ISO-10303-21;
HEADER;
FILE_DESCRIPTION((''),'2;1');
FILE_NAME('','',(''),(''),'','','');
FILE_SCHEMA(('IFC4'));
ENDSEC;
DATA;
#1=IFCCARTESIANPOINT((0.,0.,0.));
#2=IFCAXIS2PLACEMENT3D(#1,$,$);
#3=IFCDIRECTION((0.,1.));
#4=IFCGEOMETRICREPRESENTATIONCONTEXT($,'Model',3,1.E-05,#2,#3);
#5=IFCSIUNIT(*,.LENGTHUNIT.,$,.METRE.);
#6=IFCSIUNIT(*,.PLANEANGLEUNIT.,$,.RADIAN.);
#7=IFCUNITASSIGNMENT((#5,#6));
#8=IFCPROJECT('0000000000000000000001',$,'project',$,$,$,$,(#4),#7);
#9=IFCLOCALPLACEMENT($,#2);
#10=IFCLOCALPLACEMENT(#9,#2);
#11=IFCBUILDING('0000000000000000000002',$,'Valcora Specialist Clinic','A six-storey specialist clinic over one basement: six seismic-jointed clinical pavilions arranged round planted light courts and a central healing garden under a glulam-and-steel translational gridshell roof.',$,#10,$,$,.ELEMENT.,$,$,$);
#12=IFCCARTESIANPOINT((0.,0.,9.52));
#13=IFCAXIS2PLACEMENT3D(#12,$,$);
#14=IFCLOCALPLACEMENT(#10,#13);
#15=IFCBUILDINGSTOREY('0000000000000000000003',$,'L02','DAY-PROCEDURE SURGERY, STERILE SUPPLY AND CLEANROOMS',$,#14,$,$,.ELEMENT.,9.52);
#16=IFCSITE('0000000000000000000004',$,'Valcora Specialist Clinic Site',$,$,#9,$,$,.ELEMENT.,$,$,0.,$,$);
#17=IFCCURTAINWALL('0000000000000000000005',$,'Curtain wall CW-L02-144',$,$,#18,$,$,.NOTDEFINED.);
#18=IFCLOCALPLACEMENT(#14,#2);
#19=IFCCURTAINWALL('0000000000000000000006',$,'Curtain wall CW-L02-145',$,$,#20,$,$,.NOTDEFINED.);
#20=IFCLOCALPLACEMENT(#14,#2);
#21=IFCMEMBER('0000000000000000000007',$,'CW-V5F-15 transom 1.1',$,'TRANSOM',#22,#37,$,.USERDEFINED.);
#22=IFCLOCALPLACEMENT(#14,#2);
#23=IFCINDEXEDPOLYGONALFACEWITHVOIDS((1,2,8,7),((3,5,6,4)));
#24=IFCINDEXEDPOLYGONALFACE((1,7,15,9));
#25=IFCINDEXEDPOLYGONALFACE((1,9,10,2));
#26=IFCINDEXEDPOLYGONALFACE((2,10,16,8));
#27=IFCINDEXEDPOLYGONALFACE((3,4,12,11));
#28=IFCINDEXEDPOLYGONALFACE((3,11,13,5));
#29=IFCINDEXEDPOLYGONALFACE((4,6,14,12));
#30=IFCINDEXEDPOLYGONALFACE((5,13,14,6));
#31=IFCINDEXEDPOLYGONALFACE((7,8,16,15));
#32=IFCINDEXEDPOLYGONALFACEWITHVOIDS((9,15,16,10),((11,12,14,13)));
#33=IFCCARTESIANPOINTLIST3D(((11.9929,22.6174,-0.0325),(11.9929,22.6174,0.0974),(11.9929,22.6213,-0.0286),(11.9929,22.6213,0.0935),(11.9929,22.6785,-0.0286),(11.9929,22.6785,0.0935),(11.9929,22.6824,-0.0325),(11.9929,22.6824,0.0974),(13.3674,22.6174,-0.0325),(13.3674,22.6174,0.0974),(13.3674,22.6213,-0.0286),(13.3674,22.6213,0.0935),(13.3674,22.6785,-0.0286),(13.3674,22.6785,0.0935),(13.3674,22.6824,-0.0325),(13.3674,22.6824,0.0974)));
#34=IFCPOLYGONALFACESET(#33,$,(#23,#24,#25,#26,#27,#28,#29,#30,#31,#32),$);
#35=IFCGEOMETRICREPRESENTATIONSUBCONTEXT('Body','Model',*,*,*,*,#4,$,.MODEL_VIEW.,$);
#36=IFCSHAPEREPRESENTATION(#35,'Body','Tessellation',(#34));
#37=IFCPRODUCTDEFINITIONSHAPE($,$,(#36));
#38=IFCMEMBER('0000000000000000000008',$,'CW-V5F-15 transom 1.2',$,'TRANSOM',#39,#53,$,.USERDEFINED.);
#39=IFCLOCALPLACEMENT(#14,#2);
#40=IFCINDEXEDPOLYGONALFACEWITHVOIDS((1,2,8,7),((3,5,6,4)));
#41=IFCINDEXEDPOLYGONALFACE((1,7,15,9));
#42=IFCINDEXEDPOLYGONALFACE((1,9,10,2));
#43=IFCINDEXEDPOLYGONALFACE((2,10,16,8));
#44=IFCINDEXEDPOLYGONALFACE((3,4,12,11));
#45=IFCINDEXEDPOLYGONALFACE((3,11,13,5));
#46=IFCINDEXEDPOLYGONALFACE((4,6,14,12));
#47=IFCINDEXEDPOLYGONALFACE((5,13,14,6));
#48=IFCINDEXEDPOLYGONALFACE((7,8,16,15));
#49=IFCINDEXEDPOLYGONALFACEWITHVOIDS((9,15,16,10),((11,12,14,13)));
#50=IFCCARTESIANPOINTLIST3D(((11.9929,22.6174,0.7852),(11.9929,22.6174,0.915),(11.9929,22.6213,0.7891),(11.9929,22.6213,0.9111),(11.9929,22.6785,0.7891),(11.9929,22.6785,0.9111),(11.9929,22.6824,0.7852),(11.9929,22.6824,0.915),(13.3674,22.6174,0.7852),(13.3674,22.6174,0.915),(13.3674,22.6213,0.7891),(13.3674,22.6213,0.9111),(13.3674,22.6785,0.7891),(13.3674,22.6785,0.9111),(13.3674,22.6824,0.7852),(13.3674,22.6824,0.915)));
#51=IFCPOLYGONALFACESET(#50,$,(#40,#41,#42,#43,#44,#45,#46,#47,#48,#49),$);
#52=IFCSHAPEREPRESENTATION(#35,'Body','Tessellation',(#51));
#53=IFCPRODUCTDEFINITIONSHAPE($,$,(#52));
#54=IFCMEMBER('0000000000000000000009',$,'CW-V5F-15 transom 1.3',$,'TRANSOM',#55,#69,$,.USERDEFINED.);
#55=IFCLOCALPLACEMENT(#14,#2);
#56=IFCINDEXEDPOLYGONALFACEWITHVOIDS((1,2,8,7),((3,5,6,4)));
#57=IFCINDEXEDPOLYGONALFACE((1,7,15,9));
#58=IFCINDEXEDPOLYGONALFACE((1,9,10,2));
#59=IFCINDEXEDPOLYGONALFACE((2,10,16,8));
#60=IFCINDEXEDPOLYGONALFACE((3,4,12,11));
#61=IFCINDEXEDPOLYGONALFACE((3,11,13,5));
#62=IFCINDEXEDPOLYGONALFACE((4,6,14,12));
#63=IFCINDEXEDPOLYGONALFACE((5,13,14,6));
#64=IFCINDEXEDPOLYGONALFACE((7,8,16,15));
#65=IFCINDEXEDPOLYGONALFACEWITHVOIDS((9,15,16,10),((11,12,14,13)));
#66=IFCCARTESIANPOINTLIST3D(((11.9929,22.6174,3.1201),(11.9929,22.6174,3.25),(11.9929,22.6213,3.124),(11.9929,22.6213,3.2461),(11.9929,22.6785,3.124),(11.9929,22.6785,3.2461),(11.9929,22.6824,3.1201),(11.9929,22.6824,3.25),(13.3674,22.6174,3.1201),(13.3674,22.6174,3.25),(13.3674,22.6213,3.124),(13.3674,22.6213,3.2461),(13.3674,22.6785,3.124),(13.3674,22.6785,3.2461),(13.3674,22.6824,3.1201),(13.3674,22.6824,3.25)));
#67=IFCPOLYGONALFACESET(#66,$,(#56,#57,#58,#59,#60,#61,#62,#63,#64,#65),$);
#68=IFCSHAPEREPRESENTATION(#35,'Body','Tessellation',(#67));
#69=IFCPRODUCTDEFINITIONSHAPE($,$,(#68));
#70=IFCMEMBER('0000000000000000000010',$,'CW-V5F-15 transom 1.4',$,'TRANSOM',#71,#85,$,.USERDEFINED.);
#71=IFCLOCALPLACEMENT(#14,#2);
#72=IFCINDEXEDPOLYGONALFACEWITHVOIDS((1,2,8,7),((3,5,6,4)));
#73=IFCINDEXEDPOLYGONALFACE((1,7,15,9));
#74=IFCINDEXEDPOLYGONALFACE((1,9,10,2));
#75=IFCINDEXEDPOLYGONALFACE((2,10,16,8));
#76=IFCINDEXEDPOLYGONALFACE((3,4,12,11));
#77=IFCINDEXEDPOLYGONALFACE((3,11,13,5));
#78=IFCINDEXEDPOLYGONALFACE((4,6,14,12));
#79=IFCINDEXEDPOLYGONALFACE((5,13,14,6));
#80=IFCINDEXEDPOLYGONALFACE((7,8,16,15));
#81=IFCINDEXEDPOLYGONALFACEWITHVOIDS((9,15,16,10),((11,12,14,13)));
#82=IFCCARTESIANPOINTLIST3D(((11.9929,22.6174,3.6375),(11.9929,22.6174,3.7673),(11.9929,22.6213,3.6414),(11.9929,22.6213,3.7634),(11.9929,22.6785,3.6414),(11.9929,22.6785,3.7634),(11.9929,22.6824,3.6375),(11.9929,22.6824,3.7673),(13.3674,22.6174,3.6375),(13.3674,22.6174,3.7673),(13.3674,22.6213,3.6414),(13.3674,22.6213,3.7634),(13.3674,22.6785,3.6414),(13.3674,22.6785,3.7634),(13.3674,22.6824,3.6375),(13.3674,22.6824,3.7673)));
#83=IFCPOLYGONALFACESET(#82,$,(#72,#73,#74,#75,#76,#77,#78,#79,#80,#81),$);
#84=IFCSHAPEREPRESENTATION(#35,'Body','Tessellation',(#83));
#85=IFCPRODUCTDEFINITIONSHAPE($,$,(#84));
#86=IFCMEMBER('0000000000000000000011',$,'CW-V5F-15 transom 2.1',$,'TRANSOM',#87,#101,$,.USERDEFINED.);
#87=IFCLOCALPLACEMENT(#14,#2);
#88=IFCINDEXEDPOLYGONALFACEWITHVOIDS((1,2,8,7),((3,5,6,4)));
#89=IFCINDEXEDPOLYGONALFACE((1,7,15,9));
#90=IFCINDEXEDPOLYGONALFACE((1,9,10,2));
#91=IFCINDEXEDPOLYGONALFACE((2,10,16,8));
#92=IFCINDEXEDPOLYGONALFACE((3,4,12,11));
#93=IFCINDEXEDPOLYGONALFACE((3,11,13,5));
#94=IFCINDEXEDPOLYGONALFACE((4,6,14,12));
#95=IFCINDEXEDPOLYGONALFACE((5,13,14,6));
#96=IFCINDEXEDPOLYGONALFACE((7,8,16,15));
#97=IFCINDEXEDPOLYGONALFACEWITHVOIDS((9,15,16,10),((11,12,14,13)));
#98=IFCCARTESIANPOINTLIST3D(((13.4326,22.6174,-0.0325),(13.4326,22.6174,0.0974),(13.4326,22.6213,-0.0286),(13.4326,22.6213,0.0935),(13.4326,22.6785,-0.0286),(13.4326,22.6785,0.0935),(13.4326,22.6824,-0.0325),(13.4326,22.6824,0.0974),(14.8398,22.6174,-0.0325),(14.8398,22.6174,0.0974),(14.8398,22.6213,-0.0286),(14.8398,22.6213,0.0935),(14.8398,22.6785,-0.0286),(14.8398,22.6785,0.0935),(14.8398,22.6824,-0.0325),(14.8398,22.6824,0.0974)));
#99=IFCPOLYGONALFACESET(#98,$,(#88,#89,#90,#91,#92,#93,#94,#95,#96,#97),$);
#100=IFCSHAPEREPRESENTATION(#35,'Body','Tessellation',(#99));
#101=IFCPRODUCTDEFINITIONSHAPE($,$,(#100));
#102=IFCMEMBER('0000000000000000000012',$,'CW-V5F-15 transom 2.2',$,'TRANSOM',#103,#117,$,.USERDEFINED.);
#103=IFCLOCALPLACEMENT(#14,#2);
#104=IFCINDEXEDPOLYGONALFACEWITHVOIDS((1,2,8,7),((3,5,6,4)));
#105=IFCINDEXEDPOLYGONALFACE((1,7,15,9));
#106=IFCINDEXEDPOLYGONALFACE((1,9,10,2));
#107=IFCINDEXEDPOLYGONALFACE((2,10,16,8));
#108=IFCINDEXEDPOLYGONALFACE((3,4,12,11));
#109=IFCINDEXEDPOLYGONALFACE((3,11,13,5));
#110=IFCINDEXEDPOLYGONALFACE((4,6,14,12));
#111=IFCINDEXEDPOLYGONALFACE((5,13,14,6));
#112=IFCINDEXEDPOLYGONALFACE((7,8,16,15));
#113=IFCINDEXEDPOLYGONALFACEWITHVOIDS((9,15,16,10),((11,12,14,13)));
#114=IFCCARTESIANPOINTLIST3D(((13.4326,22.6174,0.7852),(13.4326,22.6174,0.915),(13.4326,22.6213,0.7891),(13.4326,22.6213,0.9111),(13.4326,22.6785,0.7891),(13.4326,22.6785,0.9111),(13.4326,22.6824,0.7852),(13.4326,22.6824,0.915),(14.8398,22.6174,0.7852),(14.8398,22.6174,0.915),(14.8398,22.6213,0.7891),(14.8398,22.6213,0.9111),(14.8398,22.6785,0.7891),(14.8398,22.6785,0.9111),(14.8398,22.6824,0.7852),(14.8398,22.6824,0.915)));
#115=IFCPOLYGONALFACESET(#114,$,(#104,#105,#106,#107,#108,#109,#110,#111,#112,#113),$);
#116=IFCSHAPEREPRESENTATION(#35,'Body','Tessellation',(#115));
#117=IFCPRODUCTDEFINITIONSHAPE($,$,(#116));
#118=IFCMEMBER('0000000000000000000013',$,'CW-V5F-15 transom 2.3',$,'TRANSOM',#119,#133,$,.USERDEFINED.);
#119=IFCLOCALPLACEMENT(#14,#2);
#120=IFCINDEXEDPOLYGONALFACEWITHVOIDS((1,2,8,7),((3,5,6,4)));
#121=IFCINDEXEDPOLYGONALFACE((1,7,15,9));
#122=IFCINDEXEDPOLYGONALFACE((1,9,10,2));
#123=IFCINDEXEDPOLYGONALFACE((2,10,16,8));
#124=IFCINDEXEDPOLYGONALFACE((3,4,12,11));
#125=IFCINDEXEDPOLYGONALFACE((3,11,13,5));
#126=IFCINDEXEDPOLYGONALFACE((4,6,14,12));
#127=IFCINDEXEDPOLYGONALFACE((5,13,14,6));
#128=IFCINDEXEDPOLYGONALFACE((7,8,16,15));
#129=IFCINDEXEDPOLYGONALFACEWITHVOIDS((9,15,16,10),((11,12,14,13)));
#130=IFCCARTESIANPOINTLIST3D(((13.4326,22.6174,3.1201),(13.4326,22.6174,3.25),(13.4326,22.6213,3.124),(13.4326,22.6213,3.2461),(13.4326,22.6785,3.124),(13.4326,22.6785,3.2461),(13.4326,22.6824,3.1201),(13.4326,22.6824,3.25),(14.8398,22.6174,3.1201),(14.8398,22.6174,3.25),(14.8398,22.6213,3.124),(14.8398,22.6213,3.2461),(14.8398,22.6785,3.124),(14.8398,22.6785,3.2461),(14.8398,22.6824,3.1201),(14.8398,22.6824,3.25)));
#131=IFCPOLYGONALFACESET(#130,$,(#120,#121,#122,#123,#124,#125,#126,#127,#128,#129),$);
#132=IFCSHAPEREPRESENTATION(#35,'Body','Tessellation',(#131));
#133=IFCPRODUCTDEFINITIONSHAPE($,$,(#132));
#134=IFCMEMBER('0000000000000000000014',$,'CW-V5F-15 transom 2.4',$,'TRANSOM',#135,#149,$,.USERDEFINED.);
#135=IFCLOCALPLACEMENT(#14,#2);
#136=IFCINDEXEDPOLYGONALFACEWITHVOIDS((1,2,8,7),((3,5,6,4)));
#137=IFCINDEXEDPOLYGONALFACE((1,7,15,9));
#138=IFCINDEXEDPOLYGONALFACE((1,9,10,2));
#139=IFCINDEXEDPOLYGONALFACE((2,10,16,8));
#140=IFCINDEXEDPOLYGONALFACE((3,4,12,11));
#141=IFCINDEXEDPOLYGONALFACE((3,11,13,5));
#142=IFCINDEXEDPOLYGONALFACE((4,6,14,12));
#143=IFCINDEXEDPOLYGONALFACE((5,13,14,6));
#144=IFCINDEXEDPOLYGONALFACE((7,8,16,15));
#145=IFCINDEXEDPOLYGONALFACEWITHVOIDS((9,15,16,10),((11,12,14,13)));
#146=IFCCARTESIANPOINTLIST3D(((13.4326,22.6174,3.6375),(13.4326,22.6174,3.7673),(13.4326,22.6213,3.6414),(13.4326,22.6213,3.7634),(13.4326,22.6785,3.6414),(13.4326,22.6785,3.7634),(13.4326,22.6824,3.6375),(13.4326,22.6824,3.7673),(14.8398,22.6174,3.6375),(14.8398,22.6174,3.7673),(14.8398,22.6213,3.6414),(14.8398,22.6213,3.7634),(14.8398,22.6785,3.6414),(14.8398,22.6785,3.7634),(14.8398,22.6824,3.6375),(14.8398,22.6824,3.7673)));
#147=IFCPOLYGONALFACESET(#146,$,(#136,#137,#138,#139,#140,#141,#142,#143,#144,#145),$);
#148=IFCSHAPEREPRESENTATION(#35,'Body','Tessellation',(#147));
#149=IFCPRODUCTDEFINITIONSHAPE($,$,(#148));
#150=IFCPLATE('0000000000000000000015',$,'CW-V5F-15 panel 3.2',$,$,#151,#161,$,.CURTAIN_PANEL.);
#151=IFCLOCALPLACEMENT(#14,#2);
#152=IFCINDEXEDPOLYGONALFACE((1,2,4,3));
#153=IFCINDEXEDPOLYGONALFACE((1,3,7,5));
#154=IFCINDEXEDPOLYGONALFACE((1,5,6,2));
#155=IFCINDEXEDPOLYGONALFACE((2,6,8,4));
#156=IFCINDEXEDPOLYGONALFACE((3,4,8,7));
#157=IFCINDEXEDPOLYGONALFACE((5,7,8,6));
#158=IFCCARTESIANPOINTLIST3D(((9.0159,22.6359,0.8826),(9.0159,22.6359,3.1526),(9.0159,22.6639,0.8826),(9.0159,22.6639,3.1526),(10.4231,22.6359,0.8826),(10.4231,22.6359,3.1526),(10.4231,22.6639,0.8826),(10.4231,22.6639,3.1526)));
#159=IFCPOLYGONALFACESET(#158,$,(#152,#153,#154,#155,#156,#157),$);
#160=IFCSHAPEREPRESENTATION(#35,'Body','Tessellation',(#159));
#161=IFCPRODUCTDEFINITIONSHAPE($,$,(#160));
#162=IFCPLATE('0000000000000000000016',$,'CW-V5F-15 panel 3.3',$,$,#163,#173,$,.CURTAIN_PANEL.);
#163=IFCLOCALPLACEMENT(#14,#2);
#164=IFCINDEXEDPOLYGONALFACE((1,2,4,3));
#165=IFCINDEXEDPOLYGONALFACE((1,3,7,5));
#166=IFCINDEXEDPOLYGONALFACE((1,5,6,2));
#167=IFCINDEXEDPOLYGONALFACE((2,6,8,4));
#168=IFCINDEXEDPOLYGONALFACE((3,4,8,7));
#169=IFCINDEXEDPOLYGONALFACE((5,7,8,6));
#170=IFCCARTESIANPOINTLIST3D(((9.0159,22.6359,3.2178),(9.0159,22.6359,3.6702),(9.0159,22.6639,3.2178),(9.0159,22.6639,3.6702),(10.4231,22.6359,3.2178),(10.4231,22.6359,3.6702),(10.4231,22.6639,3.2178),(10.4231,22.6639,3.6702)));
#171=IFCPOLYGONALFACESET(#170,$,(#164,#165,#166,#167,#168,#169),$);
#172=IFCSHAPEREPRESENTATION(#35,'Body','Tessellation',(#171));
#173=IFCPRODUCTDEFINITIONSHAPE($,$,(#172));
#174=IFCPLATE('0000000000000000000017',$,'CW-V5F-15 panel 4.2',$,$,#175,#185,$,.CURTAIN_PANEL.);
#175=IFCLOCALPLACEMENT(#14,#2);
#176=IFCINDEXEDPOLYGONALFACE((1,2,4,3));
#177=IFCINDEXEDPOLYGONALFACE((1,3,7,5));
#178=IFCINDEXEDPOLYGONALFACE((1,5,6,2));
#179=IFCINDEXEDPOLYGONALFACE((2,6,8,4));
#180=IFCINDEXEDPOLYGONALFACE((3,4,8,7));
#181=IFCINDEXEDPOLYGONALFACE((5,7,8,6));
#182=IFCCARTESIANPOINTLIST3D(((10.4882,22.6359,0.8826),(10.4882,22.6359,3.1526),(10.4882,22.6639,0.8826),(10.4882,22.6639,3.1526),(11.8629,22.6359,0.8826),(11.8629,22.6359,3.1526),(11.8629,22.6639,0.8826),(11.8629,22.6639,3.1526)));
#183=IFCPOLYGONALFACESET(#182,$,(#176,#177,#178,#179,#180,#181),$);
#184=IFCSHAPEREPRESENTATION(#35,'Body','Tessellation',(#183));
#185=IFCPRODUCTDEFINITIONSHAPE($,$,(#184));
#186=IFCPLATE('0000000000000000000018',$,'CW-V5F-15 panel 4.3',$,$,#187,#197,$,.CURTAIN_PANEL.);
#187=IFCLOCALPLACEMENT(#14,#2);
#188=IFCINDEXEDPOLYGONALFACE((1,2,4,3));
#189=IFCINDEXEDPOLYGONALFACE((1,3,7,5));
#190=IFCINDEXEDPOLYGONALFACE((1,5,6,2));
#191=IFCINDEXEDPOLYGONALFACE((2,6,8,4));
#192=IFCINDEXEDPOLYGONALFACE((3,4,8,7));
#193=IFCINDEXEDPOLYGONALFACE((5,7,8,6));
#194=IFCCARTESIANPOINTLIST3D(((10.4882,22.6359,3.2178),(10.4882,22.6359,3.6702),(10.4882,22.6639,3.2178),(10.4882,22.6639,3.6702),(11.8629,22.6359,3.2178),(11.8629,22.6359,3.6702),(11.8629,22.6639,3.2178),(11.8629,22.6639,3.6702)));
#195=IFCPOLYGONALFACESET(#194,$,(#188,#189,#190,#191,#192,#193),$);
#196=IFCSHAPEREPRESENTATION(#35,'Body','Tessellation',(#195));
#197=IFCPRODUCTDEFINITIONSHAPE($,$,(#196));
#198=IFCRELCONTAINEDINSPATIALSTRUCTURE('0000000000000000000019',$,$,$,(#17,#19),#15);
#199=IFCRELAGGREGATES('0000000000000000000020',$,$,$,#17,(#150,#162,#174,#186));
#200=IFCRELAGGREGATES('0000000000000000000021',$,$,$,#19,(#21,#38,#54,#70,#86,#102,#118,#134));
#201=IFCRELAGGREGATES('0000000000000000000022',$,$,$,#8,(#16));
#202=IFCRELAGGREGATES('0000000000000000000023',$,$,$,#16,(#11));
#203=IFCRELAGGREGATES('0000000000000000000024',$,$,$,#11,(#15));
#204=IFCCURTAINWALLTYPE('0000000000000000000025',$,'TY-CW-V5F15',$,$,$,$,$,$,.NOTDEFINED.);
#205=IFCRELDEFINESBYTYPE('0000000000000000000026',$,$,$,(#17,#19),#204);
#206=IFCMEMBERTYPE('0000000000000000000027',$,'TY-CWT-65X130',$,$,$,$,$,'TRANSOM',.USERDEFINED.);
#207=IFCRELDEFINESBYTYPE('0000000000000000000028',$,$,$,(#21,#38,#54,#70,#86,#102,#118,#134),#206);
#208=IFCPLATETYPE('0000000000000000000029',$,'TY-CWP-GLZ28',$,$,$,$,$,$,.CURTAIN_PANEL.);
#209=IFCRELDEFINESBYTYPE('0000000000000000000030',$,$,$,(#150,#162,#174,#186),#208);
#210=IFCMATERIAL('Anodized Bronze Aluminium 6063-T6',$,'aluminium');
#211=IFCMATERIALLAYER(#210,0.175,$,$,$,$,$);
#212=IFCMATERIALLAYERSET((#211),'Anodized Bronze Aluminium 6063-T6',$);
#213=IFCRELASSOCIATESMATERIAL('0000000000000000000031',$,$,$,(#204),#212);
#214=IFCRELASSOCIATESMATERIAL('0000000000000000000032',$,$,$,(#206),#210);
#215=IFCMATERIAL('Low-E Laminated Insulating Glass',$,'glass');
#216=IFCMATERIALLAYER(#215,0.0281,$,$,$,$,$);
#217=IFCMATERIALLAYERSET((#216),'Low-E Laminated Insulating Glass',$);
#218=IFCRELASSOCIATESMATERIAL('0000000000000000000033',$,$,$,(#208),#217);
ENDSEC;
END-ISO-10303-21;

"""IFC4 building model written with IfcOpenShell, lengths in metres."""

from ifc_helpers import new_model, si_unit, direction, frame, origin, origin_2d, place, context, subcontext, project, spatial, rectangle, hollow_rectangle, extrude, material, layer, layer_set, material_profile, profile_set, type_object, element, aggregate, save


model = new_model("IFC4")

# Units and contexts
model_context = context("Model", 3, precision=1e-05, world=origin(), true_north=direction((0.0, 1.0)))
body_context = subcontext(model_context, "Body", "Model", "MODEL_VIEW")
ifc_project = project(units=[si_unit("LENGTHUNIT", "METRE"), si_unit("PLANEANGLEUNIT", "RADIAN")], contexts=[model_context])

# Site, building, storey
site_placement = place(None, origin())
site = spatial("IfcSite", under=ifc_project, at=site_placement, Name="Valcora Specialist Clinic Site", CompositionType="ELEMENT", RefElevation=0.0)
building_placement = place(site_placement, origin())
building = spatial("IfcBuilding", under=site, at=building_placement, Name="Valcora Specialist Clinic", Description="A six-storey specialist clinic over one basement: six seismic-jointed clinical pavilions arranged round planted light courts and a central healing garden under a glulam-and-steel translational gridshell roof.", CompositionType="ELEMENT")
storey_placement = place(building_placement, frame((0.0, 0.0, 9.52)))
storey = spatial("IfcBuildingStorey", under=building, at=storey_placement, Name="L02", Description="DAY-PROCEDURE SURGERY, STERILE SUPPLY AND CLEANROOMS", CompositionType="ELEMENT", Elevation=9.52)

# Curtain walls
ifc_material_1 = material(Name="Anodized Bronze Aluminium 6063-T6", Category="aluminium")
ifc_layer_1 = layer(ifc_material_1, 0.175)
ifc_layer_set_1 = layer_set([ifc_layer_1], Name="Anodized Bronze Aluminium 6063-T6")
curtain_wall_type = type_object("IfcCurtainWallType", Name="TY-CW-V5F15", PredefinedType="NOTDEFINED", material=ifc_layer_set_1)
curtain_wall_1_placement = place(storey_placement, origin())
curtain_wall_1 = element("IfcCurtainWall", 1, at=curtain_wall_1_placement, inside=storey, type_object=curtain_wall_type, Name="Curtain wall CW-L02-144", PredefinedType="NOTDEFINED")
curtain_wall_2_placement = place(storey_placement, origin())
curtain_wall_2 = element("IfcCurtainWall", 2, at=curtain_wall_2_placement, inside=storey, type_object=curtain_wall_type, Name="Curtain wall CW-L02-145", PredefinedType="NOTDEFINED")

# Members
ifc_material_profile_1 = material_profile(ifc_material_1, hollow_rectangle(XDim=0.0649, YDim=0.1299, WallThickness=0.0039, at=origin_2d()), Name="AL-TRN-65X130")
ifc_profile_set_1 = profile_set([ifc_material_profile_1], Name="Anodized Bronze Aluminium 6063-T6")
member_type_1 = type_object("IfcMemberType", Name="TY-CWT-65X130", ElementType="TRANSOM", PredefinedType="USERDEFINED", material=ifc_profile_set_1)
member_1_placement = place(storey_placement, frame((11.9929, 22.6499, 0.0325), z_axis=(1.0, 0.0, 0.0), x_axis=(0.0, 1.0, 0.0)))
member_1 = element("IfcMember", 3, at=member_1_placement, type_object=member_type_1, Name="CW-V5F-15 transom 1.1", ObjectType="TRANSOM", PredefinedType="USERDEFINED", context=body_context, shape_type="SweptSolid", body=[
    extrude(hollow_rectangle(XDim=0.0649, YDim=0.1299, WallThickness=0.0039, at=origin_2d()), origin(), (0.0, 0.0, 1.0), 1.3745),
])
member_2_placement = place(storey_placement, frame((11.9929, 22.6499, 0.8501), z_axis=(1.0, 0.0, 0.0), x_axis=(0.0, 1.0, 0.0)))
member_2 = element("IfcMember", 4, at=member_2_placement, type_object=member_type_1, Name="CW-V5F-15 transom 1.2", ObjectType="TRANSOM", PredefinedType="USERDEFINED", context=body_context, shape_type="SweptSolid", body=[
    extrude(hollow_rectangle(XDim=0.0649, YDim=0.1299, WallThickness=0.0039, at=origin_2d()), origin(), (0.0, 0.0, 1.0), 1.3745),
])
member_3_placement = place(storey_placement, frame((11.9929, 22.6499, 3.1851), z_axis=(1.0, 0.0, 0.0), x_axis=(0.0, 1.0, 0.0)))
member_3 = element("IfcMember", 5, at=member_3_placement, type_object=member_type_1, Name="CW-V5F-15 transom 1.3", ObjectType="TRANSOM", PredefinedType="USERDEFINED", context=body_context, shape_type="SweptSolid", body=[
    extrude(hollow_rectangle(XDim=0.0649, YDim=0.1299, WallThickness=0.0039, at=origin_2d()), origin(), (0.0, 0.0, 1.0), 1.3745),
])
member_4_placement = place(storey_placement, frame((11.9929, 22.6499, 3.7024), z_axis=(1.0, 0.0, 0.0), x_axis=(0.0, 1.0, 0.0)))
member_4 = element("IfcMember", 6, at=member_4_placement, type_object=member_type_1, Name="CW-V5F-15 transom 1.4", ObjectType="TRANSOM", PredefinedType="USERDEFINED", context=body_context, shape_type="SweptSolid", body=[
    extrude(hollow_rectangle(XDim=0.0649, YDim=0.1299, WallThickness=0.0039, at=origin_2d()), origin(), (0.0, 0.0, 1.0), 1.3745),
])
member_5_placement = place(storey_placement, frame((13.4326, 22.6499, 0.0325), z_axis=(1.0, 0.0, 0.0), x_axis=(0.0, 1.0, 0.0)))
member_5 = element("IfcMember", 7, at=member_5_placement, type_object=member_type_1, Name="CW-V5F-15 transom 2.1", ObjectType="TRANSOM", PredefinedType="USERDEFINED", context=body_context, shape_type="SweptSolid", body=[
    extrude(hollow_rectangle(XDim=0.0649, YDim=0.1299, WallThickness=0.0039, at=origin_2d()), origin(), (0.0, 0.0, 1.0), 1.4072),
])
member_6_placement = place(storey_placement, frame((13.4326, 22.6499, 0.8501), z_axis=(1.0, 0.0, 0.0), x_axis=(0.0, 1.0, 0.0)))
member_6 = element("IfcMember", 8, at=member_6_placement, type_object=member_type_1, Name="CW-V5F-15 transom 2.2", ObjectType="TRANSOM", PredefinedType="USERDEFINED", context=body_context, shape_type="SweptSolid", body=[
    extrude(hollow_rectangle(XDim=0.0649, YDim=0.1299, WallThickness=0.0039, at=origin_2d()), origin(), (0.0, 0.0, 1.0), 1.4072),
])
member_7_placement = place(storey_placement, frame((13.4326, 22.6499, 3.1851), z_axis=(1.0, 0.0, 0.0), x_axis=(0.0, 1.0, 0.0)))
member_7 = element("IfcMember", 9, at=member_7_placement, type_object=member_type_1, Name="CW-V5F-15 transom 2.3", ObjectType="TRANSOM", PredefinedType="USERDEFINED", context=body_context, shape_type="SweptSolid", body=[
    extrude(hollow_rectangle(XDim=0.0649, YDim=0.1299, WallThickness=0.0039, at=origin_2d()), origin(), (0.0, 0.0, 1.0), 1.4072),
])
member_8_placement = place(storey_placement, frame((13.4326, 22.6499, 3.7024), z_axis=(1.0, 0.0, 0.0), x_axis=(0.0, 1.0, 0.0)))
member_8 = element("IfcMember", 10, at=member_8_placement, type_object=member_type_1, Name="CW-V5F-15 transom 2.4", ObjectType="TRANSOM", PredefinedType="USERDEFINED", context=body_context, shape_type="SweptSolid", body=[
    extrude(hollow_rectangle(XDim=0.0649, YDim=0.1299, WallThickness=0.0039, at=origin_2d()), origin(), (0.0, 0.0, 1.0), 1.4072),
])

# Plates
ifc_material_2 = material(Name="Low-E Laminated Insulating Glass", Category="glass")
ifc_layer_2 = layer(ifc_material_2, 0.0281)
ifc_layer_set_2 = layer_set([ifc_layer_2], Name="Low-E Laminated Insulating Glass")
plate_type_1 = type_object("IfcPlateType", Name="TY-CWP-GLZ28", PredefinedType="CURTAIN_PANEL", material=ifc_layer_set_2)
plate_1_placement = place(storey_placement, frame((9.7195, 22.6499, 0.8826), z_axis=(0.0, 0.0, 1.0), x_axis=(1.0, 0.0, 0.0)))
plate_1 = element("IfcPlate", 11, at=plate_1_placement, type_object=plate_type_1, Name="CW-V5F-15 panel 3.2", PredefinedType="CURTAIN_PANEL", context=body_context, shape_type="SweptSolid", body=[
    extrude(rectangle(XDim=1.4072, YDim=0.0281, at=origin_2d()), origin(), (0.0, 0.0, 1.0), 2.27),
])
plate_2_placement = place(storey_placement, frame((9.7195, 22.6499, 3.2178), z_axis=(0.0, 0.0, 1.0), x_axis=(1.0, 0.0, 0.0)))
plate_2 = element("IfcPlate", 12, at=plate_2_placement, type_object=plate_type_1, Name="CW-V5F-15 panel 3.3", PredefinedType="CURTAIN_PANEL", context=body_context, shape_type="SweptSolid", body=[
    extrude(rectangle(XDim=1.4072, YDim=0.0281, at=origin_2d()), origin(), (0.0, 0.0, 1.0), 0.4524),
])
plate_3_placement = place(storey_placement, frame((11.1755, 22.6499, 0.8826), z_axis=(0.0, 0.0, 1.0), x_axis=(1.0, 0.0, 0.0)))
plate_3 = element("IfcPlate", 13, at=plate_3_placement, type_object=plate_type_1, Name="CW-V5F-15 panel 4.2", PredefinedType="CURTAIN_PANEL", context=body_context, shape_type="SweptSolid", body=[
    extrude(rectangle(XDim=1.3748, YDim=0.0281, at=origin_2d()), origin(), (0.0, 0.0, 1.0), 2.27),
])
plate_4_placement = place(storey_placement, frame((11.1755, 22.6499, 3.2178), z_axis=(0.0, 0.0, 1.0), x_axis=(1.0, 0.0, 0.0)))
plate_4 = element("IfcPlate", 14, at=plate_4_placement, type_object=plate_type_1, Name="CW-V5F-15 panel 4.3", PredefinedType="CURTAIN_PANEL", context=body_context, shape_type="SweptSolid", body=[
    extrude(rectangle(XDim=1.3748, YDim=0.0281, at=origin_2d()), origin(), (0.0, 0.0, 1.0), 0.4524),
])
aggregate(curtain_wall_1, [plate_1, plate_2, plate_3, plate_4])
aggregate(curtain_wall_2, [member_1, member_2, member_3, member_4, member_5, member_6, member_7, member_8])

save(model, "model.ifc")
